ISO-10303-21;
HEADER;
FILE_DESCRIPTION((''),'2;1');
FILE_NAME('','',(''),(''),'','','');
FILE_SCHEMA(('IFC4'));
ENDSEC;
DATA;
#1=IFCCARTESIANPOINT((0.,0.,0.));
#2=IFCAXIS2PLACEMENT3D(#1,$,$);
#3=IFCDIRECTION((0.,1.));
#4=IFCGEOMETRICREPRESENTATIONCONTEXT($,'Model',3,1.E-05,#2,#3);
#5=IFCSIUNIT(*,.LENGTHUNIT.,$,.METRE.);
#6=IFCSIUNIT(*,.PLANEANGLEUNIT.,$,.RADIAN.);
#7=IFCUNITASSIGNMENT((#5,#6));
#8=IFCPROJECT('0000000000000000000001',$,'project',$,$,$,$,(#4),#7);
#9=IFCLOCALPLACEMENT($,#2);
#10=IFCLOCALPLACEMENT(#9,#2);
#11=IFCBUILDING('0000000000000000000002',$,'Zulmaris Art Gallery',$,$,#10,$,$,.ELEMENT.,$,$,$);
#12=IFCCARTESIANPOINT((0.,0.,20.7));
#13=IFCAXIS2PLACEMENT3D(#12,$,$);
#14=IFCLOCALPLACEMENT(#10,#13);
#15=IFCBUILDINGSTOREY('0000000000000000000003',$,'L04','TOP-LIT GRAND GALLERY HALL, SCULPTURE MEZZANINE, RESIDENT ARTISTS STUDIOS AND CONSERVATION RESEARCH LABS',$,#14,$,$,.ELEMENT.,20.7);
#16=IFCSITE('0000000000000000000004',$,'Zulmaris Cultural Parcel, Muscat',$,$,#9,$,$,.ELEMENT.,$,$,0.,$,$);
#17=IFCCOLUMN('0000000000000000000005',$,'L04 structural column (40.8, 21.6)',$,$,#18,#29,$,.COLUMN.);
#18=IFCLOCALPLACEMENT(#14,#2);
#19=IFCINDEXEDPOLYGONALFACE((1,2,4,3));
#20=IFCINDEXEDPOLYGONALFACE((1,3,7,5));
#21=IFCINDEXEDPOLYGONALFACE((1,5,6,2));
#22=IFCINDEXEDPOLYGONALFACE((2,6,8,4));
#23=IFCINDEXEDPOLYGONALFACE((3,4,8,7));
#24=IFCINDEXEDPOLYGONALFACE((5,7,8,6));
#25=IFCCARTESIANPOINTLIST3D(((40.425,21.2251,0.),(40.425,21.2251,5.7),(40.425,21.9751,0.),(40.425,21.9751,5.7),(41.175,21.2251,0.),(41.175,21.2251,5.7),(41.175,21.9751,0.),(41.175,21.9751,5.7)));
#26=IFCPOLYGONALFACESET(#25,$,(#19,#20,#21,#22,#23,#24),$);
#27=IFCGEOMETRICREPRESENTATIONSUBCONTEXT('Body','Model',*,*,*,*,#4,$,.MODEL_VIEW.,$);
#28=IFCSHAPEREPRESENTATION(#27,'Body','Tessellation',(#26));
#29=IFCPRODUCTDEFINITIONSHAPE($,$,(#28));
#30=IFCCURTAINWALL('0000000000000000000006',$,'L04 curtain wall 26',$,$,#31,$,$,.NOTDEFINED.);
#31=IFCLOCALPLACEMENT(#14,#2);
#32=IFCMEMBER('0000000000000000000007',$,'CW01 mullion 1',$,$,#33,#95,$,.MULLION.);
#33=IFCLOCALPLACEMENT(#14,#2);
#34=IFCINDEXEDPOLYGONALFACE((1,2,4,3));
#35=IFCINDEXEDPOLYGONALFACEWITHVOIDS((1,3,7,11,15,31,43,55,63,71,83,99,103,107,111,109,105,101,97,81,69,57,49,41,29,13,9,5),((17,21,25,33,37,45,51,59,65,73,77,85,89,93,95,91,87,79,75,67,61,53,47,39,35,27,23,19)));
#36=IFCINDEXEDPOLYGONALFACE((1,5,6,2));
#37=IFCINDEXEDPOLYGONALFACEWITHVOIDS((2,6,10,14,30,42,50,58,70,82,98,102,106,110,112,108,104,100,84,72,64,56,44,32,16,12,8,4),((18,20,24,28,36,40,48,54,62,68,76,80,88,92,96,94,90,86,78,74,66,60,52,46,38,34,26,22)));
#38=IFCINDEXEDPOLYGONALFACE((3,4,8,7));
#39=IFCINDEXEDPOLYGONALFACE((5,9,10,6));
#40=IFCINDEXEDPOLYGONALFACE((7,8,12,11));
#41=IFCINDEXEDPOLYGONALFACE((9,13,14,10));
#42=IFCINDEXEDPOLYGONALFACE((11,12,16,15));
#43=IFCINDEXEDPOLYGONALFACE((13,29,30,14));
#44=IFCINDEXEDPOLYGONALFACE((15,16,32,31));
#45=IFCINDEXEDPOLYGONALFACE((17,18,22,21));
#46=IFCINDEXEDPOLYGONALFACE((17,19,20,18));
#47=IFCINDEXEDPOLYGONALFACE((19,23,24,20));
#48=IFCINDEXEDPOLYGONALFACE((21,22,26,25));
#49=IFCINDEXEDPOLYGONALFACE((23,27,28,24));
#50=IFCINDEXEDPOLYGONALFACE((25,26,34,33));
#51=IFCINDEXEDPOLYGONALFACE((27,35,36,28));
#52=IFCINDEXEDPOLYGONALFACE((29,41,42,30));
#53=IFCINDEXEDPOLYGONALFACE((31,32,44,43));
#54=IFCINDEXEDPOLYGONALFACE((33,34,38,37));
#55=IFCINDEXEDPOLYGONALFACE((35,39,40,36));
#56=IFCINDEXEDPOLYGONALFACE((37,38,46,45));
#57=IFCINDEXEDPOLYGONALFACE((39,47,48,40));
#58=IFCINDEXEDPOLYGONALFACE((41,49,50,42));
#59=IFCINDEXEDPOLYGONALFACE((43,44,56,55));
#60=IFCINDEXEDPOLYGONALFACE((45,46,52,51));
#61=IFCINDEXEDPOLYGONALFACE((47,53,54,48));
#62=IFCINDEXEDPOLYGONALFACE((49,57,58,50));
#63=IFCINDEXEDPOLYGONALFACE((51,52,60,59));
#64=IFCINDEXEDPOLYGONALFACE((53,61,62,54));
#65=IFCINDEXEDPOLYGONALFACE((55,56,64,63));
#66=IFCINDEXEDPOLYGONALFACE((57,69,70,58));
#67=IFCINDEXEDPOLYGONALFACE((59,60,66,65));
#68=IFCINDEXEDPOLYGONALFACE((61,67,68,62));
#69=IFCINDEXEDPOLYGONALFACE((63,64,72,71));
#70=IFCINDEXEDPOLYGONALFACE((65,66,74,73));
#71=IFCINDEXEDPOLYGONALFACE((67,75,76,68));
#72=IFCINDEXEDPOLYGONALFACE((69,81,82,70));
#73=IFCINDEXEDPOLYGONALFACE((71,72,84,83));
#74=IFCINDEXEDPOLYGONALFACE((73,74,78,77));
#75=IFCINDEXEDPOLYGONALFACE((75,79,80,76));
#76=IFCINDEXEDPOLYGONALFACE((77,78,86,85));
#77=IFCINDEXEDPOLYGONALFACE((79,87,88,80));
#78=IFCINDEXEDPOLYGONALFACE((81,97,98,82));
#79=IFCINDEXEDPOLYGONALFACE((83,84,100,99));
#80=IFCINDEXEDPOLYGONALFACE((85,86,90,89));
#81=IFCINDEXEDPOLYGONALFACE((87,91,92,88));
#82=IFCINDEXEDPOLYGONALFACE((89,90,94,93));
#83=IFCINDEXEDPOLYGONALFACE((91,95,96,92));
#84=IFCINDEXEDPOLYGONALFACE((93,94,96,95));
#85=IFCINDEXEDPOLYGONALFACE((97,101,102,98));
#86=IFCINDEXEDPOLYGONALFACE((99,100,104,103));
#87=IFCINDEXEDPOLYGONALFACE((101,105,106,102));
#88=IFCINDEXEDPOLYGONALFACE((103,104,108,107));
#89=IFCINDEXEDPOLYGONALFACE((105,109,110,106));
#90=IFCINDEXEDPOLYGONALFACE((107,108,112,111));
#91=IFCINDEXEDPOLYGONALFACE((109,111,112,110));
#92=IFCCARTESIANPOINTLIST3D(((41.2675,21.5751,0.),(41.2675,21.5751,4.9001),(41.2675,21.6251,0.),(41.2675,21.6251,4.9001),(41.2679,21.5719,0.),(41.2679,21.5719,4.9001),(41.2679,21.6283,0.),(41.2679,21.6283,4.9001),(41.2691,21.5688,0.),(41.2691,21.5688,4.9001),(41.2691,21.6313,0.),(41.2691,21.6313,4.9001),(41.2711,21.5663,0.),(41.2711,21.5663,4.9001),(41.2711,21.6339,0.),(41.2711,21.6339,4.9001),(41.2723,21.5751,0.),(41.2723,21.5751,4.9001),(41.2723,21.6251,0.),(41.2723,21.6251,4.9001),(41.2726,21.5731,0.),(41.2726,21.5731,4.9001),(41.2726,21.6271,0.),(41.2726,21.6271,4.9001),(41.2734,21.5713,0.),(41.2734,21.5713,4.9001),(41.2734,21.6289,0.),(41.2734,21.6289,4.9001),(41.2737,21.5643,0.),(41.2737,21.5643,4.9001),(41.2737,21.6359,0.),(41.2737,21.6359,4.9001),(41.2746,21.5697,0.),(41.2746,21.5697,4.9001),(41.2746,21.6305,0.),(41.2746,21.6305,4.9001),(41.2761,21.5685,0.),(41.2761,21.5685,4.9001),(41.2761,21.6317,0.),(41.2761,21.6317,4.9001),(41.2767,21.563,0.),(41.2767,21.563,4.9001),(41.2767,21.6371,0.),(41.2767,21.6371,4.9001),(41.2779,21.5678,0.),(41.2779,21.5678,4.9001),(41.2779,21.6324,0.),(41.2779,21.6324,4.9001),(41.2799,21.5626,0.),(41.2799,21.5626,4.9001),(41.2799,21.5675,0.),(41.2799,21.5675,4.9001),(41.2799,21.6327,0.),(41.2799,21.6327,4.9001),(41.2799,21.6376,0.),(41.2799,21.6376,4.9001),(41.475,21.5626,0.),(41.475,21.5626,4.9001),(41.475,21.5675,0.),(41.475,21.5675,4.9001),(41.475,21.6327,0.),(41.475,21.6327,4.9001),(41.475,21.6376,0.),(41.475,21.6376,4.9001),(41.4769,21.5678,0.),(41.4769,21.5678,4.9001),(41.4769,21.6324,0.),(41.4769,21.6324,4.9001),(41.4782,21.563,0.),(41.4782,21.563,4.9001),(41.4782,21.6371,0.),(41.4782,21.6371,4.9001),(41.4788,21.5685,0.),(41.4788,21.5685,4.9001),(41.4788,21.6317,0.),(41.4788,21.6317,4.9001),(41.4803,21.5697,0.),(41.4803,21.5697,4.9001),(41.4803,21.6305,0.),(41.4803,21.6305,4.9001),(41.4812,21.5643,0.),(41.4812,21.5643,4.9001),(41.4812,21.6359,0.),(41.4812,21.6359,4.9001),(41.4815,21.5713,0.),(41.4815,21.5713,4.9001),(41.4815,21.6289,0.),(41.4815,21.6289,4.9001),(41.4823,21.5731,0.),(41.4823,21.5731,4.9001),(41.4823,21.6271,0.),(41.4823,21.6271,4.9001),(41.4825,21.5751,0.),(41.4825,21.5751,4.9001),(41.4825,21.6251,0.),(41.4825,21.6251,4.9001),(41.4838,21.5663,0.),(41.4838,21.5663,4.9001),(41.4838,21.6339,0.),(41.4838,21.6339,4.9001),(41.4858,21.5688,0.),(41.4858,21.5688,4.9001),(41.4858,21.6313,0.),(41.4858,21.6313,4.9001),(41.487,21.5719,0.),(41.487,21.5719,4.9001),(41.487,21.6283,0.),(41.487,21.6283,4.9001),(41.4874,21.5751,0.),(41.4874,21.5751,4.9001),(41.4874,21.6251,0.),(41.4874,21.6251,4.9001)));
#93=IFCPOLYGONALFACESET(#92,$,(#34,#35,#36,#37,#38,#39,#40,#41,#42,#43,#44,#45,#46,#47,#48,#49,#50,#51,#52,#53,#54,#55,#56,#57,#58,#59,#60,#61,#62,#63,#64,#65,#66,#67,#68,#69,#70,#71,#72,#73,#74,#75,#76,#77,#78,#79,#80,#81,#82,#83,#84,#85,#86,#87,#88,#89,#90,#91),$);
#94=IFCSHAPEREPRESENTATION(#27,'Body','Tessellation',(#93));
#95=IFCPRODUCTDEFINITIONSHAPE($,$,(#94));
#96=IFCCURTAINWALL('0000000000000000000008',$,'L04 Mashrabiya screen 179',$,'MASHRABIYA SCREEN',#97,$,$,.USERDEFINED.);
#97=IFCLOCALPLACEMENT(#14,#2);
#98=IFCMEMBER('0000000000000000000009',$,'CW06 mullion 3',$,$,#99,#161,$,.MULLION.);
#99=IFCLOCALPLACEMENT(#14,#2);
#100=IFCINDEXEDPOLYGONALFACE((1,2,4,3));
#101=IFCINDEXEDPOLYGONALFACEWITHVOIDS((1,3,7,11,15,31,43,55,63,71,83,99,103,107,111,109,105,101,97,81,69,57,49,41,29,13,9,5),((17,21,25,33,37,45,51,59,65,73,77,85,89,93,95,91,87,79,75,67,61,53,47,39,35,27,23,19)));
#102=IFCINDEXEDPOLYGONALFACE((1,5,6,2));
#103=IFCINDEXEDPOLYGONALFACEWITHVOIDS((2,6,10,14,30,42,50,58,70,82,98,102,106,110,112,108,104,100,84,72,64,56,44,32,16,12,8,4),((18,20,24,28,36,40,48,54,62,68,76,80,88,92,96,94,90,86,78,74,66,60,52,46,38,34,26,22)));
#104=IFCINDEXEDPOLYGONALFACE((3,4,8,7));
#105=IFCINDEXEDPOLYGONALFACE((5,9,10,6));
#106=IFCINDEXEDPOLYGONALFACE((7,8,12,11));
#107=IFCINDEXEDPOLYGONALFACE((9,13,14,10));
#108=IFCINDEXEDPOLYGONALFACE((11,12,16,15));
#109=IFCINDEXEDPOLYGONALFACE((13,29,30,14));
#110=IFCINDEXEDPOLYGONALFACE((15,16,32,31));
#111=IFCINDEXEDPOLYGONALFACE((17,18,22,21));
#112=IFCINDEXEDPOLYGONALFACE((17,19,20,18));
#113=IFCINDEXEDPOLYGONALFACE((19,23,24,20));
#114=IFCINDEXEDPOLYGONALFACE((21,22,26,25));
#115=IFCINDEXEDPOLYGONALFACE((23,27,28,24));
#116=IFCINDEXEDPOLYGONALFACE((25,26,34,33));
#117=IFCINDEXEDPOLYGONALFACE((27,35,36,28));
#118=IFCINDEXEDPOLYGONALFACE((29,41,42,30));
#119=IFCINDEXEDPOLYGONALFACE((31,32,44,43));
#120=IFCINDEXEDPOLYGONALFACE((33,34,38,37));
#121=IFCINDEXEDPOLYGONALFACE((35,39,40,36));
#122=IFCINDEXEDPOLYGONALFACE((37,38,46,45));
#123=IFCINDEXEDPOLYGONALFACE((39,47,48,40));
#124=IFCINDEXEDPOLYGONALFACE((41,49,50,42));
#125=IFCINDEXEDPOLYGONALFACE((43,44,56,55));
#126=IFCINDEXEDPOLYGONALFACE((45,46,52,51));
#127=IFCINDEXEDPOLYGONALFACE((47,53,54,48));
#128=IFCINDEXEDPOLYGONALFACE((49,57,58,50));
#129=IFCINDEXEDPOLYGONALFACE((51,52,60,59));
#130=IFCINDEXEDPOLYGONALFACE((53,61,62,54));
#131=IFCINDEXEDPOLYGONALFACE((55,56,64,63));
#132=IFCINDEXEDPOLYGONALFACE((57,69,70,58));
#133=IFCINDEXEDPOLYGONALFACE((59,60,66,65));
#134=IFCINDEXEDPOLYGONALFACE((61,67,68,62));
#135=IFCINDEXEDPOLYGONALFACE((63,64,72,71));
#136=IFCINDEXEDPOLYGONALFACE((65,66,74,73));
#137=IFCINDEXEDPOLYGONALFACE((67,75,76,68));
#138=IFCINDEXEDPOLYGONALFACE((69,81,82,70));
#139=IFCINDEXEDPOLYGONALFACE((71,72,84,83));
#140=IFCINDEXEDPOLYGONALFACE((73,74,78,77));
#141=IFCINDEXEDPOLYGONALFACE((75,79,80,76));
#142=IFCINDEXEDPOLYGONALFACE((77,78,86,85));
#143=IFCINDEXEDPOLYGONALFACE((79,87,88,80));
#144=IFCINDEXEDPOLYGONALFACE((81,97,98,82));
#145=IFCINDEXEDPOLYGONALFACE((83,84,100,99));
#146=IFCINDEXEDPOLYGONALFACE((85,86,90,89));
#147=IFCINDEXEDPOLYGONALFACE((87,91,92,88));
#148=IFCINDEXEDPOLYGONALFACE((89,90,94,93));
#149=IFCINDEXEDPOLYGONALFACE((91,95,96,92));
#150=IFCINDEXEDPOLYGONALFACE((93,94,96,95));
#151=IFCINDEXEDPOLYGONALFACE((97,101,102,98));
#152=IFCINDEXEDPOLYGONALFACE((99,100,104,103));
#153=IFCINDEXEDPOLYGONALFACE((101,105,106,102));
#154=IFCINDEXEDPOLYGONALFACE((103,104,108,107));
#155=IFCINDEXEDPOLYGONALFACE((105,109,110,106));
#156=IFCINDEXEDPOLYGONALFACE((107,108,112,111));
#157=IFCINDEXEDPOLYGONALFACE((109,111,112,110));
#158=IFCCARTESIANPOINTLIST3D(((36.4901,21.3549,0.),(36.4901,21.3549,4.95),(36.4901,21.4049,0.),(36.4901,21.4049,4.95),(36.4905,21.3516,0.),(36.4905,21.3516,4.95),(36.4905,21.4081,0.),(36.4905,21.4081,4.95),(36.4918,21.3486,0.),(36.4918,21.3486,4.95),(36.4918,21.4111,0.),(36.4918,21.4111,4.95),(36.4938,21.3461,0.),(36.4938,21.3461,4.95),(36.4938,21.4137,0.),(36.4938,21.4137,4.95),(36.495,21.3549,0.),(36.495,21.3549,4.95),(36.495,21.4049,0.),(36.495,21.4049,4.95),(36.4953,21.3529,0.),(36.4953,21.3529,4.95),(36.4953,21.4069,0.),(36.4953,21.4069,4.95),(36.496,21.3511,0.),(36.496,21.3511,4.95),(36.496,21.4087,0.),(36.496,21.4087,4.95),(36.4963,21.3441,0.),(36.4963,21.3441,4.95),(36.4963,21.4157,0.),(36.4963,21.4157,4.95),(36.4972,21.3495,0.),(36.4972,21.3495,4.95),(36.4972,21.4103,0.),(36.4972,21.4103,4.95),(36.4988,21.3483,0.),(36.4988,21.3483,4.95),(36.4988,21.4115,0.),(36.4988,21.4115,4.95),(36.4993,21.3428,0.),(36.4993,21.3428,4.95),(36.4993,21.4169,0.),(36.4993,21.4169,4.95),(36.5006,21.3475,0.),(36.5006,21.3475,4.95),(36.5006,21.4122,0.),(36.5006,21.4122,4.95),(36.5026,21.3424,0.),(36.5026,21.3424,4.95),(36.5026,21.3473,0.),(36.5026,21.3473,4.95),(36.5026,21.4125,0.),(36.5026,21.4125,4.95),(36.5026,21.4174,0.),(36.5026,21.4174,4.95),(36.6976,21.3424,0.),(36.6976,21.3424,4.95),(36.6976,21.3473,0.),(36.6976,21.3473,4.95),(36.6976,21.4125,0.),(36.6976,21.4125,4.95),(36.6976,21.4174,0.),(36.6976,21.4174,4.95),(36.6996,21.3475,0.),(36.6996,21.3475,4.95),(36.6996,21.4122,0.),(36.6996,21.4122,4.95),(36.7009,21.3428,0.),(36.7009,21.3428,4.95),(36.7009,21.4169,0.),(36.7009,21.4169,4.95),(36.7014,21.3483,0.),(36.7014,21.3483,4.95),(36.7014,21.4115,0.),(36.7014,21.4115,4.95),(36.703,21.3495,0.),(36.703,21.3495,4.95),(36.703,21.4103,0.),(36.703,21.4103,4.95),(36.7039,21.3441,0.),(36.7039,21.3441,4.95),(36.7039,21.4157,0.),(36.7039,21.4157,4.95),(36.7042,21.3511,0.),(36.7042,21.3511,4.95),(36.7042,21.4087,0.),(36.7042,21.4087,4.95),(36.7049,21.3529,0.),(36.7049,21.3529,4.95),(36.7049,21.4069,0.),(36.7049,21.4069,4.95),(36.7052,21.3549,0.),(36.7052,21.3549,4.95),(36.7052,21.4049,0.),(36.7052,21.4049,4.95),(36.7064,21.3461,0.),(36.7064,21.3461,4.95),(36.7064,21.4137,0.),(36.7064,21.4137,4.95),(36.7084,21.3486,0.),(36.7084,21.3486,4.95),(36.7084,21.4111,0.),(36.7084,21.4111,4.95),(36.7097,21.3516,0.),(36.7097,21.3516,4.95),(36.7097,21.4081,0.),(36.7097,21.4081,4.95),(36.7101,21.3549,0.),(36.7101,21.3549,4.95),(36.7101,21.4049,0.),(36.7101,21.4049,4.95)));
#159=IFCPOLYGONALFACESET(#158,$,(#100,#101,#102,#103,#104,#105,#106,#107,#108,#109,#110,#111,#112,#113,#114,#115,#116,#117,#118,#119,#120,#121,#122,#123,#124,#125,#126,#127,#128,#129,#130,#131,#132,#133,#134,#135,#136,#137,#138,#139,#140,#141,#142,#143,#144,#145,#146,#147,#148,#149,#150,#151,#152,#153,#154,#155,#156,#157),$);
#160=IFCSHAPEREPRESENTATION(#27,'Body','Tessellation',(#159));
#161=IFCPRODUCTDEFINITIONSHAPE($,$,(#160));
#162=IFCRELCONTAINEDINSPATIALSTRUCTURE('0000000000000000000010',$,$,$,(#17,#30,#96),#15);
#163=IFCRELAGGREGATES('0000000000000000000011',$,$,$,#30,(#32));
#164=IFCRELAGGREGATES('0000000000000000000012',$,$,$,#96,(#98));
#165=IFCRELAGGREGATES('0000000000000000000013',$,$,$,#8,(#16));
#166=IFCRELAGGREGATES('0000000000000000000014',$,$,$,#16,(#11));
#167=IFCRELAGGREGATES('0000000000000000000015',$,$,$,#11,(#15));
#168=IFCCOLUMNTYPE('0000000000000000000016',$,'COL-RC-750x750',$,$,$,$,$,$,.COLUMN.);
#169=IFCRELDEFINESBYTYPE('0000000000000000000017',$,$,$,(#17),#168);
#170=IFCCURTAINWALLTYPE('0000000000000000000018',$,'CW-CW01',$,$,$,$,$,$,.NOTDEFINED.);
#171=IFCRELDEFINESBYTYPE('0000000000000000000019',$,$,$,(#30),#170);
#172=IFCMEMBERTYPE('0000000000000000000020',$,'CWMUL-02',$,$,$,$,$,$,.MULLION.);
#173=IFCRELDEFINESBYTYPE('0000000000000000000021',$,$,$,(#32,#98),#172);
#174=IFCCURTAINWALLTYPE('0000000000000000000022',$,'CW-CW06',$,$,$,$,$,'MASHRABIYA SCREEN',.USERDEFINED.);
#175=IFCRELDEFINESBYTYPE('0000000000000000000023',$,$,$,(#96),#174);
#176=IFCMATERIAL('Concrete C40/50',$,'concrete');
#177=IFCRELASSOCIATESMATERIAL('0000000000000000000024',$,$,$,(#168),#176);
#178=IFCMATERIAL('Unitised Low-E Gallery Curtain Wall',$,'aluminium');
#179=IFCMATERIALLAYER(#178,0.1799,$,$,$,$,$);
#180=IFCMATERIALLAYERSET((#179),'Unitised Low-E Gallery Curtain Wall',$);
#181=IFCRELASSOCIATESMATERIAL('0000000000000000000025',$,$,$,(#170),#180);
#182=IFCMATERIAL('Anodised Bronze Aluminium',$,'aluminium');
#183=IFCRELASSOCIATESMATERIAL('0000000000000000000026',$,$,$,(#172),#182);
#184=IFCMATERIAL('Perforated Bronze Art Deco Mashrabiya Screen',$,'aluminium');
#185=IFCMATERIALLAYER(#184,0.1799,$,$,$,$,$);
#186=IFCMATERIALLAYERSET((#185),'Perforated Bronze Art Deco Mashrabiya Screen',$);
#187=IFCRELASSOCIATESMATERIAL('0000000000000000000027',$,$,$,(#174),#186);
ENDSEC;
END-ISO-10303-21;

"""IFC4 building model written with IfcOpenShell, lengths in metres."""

from ifc_helpers import new_model, si_unit, direction, frame, origin, origin_2d, place, context, subcontext, project, spatial, rectangle, hollow_rectangle, extrude, material, layer, layer_set, material_profile, profile_set, type_object, element, aggregate, save


model = new_model("IFC4")

# Units and contexts
model_context = context("Model", 3, precision=1e-05, world=origin(), true_north=direction((0.0, 1.0)))
body_context = subcontext(model_context, "Body", "Model", "MODEL_VIEW")
ifc_project = project(units=[si_unit("LENGTHUNIT", "METRE"), si_unit("PLANEANGLEUNIT", "RADIAN")], contexts=[model_context])

# Site, building, storey
site_placement = place(None, origin())
site = spatial("IfcSite", under=ifc_project, at=site_placement, Name="Zulmaris Cultural Parcel, Muscat", CompositionType="ELEMENT", RefElevation=0.0)
building_placement = place(site_placement, origin())
building = spatial("IfcBuilding", under=site, at=building_placement, Name="Zulmaris Art Gallery", CompositionType="ELEMENT")
storey_placement = place(building_placement, frame((0.0, 0.0, 20.7)))
storey = spatial("IfcBuildingStorey", under=building, at=storey_placement, Name="L04", Description="TOP-LIT GRAND GALLERY HALL, SCULPTURE MEZZANINE, RESIDENT ARTISTS STUDIOS AND CONSERVATION RESEARCH LABS", CompositionType="ELEMENT", Elevation=20.7)

# Column
ifc_material_1 = material(Name="Concrete C40/50", Category="concrete")
ifc_material_profile_1 = material_profile(ifc_material_1, rectangle(XDim=0.75, YDim=0.75, at=origin_2d()), Name="RC 750x750")
ifc_profile_set_1 = profile_set([ifc_material_profile_1], Name="Concrete C40/50")
column_type = type_object("IfcColumnType", Name="COL-RC-750x750", PredefinedType="COLUMN", material=ifc_profile_set_1)
column_placement = place(storey_placement, frame((40.8, 21.6001, 0.0), z_axis=(0.0, 0.0, 1.0), x_axis=(1.0, 0.0, 0.0)))
element("IfcColumn", 1, at=column_placement, inside=storey, type_object=column_type, Name="L04 structural column (40.8, 21.6)", PredefinedType="COLUMN", context=body_context, shape_type="SweptSolid", body=[
    extrude(rectangle(XDim=0.75, YDim=0.75, at=origin_2d()), origin(), (0.0, 0.0, 1.0), 5.7),
])

# Curtain wall, member
ifc_material_2 = material(Name="Unitised Low-E Gallery Curtain Wall", Category="aluminium")
ifc_layer_1 = layer(ifc_material_2, 0.1799)
ifc_layer_set_1 = layer_set([ifc_layer_1], Name="Unitised Low-E Gallery Curtain Wall")
curtain_wall_type_1 = type_object("IfcCurtainWallType", Name="CW-CW01", PredefinedType="NOTDEFINED", material=ifc_layer_set_1)
curtain_wall_1_placement = place(storey_placement, origin())
curtain_wall_1 = element("IfcCurtainWall", 2, at=curtain_wall_1_placement, inside=storey, type_object=curtain_wall_type_1, Name="L04 curtain wall 26", PredefinedType="NOTDEFINED")
ifc_material_3 = material(Name="Anodised Bronze Aluminium", Category="aluminium")
ifc_material_profile_2 = material_profile(ifc_material_3, hollow_rectangle(XDim=0.075, YDim=0.22, WallThickness=0.0049, InnerFilletRadius=0.0076, OuterFilletRadius=0.0125, at=origin_2d()), Name="ALU 75x220x5")
ifc_profile_set_2 = profile_set([ifc_material_profile_2], Name="Anodised Bronze Aluminium")
member_type_1 = type_object("IfcMemberType", Name="CWMUL-02", PredefinedType="MULLION", material=ifc_profile_set_2)
member_1_placement = place(storey_placement, frame((41.3774, 21.6001, 0.0), z_axis=(0.0, 0.0, 1.0), x_axis=(0.0, 1.0, 0.0)))
member_1 = element("IfcMember", 3, at=member_1_placement, type_object=member_type_1, Name="CW01 mullion 1", PredefinedType="MULLION", context=body_context, shape_type="SweptSolid", body=[
    extrude(hollow_rectangle(XDim=0.075, YDim=0.22, WallThickness=0.0049, InnerFilletRadius=0.0076, OuterFilletRadius=0.0125, at=origin_2d()), origin(), (0.0, 0.0, 1.0), 4.9001),
])

# Curtain wall, member
ifc_material_4 = material(Name="Perforated Bronze Art Deco Mashrabiya Screen", Category="aluminium")
ifc_layer_2 = layer(ifc_material_4, 0.1799)
ifc_layer_set_2 = layer_set([ifc_layer_2], Name="Perforated Bronze Art Deco Mashrabiya Screen")
curtain_wall_type_2 = type_object("IfcCurtainWallType", Name="CW-CW06", ElementType="MASHRABIYA SCREEN", PredefinedType="USERDEFINED", material=ifc_layer_set_2)
curtain_wall_2_placement = place(storey_placement, origin())
curtain_wall_2 = element("IfcCurtainWall", 4, at=curtain_wall_2_placement, inside=storey, type_object=curtain_wall_type_2, Name="L04 Mashrabiya screen 179", ObjectType="MASHRABIYA SCREEN", PredefinedType="USERDEFINED")
member_2_placement = place(storey_placement, frame((36.6001, 21.3799, 0.0), z_axis=(0.0, 0.0, 1.0), x_axis=(0.0, 1.0, 0.0)))
member_2 = element("IfcMember", 5, at=member_2_placement, type_object=member_type_1, Name="CW06 mullion 3", PredefinedType="MULLION", context=body_context, shape_type="SweptSolid", body=[
    extrude(hollow_rectangle(XDim=0.075, YDim=0.22, WallThickness=0.0049, InnerFilletRadius=0.0076, OuterFilletRadius=0.0125, at=origin_2d()), origin(), (0.0, 0.0, 1.0), 4.95),
])

aggregate(curtain_wall_1, [member_1])

aggregate(curtain_wall_2, [member_2])

save(model, "model.ifc")
